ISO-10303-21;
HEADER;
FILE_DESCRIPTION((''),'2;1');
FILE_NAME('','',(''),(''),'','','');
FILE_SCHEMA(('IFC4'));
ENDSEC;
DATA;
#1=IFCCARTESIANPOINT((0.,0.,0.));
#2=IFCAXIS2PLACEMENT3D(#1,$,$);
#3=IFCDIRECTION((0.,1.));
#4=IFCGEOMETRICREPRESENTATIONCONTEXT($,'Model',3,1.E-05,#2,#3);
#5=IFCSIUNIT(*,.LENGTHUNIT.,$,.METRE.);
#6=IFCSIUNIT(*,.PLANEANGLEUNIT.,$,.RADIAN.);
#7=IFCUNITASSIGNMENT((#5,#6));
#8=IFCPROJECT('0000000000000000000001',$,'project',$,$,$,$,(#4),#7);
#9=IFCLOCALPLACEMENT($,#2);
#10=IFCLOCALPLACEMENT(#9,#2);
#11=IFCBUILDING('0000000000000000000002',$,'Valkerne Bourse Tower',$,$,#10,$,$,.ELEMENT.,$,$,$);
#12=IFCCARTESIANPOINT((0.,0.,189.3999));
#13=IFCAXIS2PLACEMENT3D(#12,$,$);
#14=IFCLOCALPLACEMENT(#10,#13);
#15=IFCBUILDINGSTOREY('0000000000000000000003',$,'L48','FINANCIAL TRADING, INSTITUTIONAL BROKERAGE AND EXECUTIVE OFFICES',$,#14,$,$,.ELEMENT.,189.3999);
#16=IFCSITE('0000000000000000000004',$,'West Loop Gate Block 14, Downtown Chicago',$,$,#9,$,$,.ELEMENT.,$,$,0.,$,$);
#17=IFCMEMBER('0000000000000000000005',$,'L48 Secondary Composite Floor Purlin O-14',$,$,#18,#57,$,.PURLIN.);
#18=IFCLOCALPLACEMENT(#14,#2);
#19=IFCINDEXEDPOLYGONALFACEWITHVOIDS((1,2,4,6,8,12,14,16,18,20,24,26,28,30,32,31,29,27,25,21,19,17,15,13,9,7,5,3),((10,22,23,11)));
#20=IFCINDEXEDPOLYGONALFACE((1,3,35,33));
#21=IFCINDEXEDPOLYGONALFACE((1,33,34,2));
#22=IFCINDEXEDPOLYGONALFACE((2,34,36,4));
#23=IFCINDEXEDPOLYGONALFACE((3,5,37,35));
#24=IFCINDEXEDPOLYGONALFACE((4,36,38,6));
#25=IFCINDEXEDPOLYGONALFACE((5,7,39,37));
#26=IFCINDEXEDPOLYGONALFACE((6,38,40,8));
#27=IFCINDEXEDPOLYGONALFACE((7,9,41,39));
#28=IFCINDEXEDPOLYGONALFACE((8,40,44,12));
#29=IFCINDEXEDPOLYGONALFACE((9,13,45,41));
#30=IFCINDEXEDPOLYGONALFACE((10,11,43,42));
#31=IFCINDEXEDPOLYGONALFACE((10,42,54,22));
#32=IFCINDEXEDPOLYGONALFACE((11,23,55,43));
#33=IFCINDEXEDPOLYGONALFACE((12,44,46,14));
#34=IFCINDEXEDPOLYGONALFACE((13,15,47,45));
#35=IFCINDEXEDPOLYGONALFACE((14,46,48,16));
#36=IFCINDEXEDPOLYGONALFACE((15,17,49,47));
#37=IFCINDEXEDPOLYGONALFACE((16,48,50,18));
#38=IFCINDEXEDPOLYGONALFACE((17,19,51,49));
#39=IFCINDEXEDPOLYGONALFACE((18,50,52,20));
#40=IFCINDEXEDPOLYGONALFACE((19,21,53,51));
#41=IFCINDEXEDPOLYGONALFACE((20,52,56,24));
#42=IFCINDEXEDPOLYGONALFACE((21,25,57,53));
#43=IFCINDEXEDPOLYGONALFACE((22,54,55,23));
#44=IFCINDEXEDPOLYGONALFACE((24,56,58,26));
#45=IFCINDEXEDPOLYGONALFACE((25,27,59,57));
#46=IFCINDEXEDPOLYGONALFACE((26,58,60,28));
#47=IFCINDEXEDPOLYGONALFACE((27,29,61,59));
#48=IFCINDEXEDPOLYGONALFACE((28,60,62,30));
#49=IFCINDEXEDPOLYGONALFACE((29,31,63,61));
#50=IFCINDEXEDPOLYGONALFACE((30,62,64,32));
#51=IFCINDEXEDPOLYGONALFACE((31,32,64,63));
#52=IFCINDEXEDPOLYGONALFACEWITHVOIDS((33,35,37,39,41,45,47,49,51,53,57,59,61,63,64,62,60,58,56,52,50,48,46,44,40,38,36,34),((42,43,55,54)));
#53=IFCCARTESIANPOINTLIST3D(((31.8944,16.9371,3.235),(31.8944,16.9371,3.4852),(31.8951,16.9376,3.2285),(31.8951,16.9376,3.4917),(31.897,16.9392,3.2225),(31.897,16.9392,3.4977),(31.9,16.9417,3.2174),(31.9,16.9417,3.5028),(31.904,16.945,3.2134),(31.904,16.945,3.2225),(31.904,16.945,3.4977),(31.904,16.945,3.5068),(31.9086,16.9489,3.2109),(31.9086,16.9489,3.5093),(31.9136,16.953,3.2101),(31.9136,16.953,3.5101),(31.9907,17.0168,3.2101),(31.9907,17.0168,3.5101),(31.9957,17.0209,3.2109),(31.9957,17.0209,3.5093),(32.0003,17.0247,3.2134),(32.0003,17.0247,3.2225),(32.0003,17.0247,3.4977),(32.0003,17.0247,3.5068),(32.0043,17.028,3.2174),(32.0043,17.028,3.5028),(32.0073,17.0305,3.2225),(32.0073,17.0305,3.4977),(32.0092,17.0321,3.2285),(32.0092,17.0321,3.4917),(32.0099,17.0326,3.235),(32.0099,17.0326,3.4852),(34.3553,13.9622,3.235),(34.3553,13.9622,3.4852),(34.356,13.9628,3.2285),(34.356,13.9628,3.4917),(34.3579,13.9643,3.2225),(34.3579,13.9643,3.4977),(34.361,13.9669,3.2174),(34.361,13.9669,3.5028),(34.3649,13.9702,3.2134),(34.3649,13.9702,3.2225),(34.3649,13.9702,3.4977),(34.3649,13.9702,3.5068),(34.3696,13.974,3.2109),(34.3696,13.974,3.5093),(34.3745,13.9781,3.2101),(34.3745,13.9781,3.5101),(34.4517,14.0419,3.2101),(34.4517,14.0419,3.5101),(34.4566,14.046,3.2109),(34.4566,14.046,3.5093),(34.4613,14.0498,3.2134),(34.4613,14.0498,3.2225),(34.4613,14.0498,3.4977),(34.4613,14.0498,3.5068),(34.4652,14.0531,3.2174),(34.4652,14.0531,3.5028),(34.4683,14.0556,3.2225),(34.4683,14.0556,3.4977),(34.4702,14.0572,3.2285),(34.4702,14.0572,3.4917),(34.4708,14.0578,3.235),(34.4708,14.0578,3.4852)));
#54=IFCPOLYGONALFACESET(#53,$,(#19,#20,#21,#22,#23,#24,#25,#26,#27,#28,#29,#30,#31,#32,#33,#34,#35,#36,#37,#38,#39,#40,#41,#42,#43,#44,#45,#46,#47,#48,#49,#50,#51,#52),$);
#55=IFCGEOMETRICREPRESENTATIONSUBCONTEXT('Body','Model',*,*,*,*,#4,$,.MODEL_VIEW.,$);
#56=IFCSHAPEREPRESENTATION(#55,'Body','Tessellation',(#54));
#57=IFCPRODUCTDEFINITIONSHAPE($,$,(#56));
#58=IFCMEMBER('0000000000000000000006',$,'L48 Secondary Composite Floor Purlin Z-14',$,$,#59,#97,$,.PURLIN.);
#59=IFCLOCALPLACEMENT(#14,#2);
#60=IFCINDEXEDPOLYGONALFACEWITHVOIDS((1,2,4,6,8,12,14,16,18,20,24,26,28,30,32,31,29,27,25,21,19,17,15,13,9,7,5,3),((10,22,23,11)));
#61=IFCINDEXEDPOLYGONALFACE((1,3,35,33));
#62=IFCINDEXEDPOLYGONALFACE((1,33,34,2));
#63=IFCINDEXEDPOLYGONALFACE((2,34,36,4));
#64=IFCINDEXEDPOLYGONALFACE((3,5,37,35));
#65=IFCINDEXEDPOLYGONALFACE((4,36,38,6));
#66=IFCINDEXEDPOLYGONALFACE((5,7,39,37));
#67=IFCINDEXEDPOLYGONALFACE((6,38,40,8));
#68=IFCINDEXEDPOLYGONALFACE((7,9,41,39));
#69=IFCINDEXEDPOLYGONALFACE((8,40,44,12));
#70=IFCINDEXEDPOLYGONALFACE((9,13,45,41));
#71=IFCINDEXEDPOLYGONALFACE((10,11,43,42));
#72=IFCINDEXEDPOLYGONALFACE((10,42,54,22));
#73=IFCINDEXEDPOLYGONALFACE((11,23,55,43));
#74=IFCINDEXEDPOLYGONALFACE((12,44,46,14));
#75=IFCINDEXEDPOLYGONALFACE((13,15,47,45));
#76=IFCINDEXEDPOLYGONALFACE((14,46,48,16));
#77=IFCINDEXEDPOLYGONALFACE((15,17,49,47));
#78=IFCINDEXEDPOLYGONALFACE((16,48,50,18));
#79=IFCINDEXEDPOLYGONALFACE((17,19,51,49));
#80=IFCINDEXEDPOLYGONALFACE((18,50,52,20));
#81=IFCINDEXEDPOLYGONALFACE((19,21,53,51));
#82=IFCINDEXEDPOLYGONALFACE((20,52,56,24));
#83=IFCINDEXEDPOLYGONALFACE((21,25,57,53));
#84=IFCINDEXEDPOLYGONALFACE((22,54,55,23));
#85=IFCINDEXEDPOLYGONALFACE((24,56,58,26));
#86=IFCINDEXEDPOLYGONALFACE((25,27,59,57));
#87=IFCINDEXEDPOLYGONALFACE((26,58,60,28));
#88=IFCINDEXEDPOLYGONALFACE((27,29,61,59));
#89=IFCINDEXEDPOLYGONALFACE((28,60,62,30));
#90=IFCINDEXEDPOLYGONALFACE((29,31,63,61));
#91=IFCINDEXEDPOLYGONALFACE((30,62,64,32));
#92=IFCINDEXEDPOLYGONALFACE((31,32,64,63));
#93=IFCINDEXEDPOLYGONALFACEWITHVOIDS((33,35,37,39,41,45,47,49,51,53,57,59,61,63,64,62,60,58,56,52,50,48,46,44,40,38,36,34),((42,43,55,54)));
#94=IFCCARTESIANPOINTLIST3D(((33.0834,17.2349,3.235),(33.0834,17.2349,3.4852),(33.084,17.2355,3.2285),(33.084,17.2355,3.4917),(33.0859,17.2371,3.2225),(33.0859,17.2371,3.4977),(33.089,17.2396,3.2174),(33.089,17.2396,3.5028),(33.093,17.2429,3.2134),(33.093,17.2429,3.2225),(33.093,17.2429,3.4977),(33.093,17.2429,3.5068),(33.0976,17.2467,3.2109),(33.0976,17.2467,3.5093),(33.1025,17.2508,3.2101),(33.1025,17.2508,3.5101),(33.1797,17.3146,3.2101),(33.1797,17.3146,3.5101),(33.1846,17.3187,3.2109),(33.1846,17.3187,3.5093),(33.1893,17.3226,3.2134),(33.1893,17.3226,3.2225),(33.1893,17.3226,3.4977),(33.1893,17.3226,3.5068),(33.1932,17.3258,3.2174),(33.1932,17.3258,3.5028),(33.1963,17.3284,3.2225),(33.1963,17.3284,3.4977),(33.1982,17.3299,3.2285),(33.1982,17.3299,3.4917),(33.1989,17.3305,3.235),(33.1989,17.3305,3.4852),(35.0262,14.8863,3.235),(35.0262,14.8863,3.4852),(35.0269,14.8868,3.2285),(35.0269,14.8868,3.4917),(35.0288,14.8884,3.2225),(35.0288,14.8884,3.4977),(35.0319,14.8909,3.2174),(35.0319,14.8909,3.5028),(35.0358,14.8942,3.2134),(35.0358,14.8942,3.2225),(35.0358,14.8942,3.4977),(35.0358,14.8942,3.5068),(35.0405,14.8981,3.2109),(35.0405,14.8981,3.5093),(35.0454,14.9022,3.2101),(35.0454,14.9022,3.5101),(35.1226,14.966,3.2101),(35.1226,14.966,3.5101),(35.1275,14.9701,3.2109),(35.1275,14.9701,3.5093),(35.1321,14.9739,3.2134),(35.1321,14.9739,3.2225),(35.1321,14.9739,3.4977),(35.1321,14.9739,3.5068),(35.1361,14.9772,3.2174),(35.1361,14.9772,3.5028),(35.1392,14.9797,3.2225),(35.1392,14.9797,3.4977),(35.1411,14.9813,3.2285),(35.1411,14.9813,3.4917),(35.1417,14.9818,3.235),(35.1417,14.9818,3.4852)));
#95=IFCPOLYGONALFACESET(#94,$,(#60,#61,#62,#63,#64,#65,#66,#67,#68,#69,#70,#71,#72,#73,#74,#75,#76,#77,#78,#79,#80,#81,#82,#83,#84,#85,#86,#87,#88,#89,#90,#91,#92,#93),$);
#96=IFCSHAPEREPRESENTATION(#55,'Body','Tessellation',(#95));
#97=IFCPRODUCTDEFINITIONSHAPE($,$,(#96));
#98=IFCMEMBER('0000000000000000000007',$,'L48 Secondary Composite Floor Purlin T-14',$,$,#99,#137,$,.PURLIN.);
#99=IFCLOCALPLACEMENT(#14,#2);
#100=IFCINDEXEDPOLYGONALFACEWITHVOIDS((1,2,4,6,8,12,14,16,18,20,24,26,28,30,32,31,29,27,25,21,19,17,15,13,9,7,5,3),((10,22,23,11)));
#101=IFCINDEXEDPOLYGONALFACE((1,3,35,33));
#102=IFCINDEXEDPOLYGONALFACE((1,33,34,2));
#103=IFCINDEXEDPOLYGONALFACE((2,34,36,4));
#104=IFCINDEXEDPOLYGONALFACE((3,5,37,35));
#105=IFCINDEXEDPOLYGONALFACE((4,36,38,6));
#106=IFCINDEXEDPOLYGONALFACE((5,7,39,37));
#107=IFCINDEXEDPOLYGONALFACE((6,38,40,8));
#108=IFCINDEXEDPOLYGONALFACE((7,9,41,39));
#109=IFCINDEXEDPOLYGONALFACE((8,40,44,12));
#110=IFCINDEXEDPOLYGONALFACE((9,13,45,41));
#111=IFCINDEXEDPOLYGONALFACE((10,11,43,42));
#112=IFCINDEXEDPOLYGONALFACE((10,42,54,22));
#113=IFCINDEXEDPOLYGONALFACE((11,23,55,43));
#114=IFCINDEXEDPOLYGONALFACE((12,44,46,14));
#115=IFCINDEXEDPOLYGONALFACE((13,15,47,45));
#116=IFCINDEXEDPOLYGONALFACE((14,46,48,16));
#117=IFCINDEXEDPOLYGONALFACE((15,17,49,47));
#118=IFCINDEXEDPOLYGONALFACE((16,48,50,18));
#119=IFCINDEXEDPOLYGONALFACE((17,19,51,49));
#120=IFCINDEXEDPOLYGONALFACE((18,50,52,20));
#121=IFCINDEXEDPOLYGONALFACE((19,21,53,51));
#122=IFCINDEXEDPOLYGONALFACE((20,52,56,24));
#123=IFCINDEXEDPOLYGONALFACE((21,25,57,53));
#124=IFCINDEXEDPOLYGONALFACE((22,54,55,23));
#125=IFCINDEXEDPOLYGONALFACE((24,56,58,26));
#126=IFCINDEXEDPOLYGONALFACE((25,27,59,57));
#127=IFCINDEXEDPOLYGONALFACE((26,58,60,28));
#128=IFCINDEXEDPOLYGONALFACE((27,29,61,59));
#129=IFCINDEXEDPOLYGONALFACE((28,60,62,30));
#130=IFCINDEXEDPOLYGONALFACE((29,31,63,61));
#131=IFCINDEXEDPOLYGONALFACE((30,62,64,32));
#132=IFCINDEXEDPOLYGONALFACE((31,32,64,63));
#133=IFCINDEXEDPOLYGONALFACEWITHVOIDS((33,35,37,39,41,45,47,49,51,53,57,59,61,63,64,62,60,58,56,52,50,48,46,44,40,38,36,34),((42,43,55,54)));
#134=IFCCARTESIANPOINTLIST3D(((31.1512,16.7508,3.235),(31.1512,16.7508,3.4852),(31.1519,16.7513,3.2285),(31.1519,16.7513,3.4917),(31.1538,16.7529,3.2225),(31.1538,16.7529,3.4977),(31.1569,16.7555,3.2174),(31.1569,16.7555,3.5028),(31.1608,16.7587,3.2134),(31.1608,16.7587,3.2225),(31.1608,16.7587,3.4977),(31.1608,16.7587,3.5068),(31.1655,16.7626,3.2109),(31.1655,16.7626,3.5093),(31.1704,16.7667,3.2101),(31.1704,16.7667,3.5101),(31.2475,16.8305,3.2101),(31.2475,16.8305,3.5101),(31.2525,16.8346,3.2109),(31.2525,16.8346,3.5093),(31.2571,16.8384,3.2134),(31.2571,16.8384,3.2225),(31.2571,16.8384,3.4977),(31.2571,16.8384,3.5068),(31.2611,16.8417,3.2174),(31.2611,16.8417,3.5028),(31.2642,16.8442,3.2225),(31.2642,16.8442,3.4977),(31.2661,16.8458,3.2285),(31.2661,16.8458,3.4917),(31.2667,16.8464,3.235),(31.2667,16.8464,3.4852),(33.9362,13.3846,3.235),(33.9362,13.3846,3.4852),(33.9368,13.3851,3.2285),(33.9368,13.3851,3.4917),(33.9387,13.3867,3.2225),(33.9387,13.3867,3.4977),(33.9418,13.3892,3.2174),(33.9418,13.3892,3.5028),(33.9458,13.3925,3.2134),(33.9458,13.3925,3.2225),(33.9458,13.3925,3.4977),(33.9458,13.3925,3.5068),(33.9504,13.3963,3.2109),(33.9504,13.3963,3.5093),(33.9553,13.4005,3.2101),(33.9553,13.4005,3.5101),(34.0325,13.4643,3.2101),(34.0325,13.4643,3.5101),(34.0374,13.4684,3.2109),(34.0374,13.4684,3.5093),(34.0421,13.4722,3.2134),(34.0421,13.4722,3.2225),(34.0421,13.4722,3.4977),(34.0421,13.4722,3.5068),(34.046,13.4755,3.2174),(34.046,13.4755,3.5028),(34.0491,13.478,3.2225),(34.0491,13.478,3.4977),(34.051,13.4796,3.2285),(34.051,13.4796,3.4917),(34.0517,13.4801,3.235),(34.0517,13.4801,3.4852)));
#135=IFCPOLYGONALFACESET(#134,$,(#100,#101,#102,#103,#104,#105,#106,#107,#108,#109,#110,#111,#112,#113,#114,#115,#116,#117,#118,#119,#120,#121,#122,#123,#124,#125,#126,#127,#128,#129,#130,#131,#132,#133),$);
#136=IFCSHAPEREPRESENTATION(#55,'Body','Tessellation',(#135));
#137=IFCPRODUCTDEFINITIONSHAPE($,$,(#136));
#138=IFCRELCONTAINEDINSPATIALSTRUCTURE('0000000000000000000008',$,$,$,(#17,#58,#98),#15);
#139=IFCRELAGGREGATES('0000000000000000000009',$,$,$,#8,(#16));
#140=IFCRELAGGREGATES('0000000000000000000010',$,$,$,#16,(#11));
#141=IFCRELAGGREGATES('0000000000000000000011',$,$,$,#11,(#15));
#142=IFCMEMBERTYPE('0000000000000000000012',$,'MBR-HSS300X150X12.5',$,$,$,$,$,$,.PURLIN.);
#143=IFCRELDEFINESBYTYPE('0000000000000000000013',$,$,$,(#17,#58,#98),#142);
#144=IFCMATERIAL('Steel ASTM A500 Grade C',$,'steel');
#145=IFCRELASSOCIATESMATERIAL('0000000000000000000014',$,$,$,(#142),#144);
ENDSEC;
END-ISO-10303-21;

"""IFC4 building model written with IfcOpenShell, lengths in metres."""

from ifc_helpers import new_model, si_unit, direction, frame, origin, origin_2d, place, context, subcontext, project, spatial, hollow_rectangle, extrude, material, material_profile, profile_set, type_object, element, save


model = new_model("IFC4")

# Units and contexts
model_context = context("Model", 3, precision=1e-05, world=origin(), true_north=direction((0.0, 1.0)))
body_context = subcontext(model_context, "Body", "Model", "MODEL_VIEW")
ifc_project = project(units=[si_unit("LENGTHUNIT", "METRE"), si_unit("PLANEANGLEUNIT", "RADIAN")], contexts=[model_context])

# Site, building, storey
site_placement = place(None, origin())
site = spatial("IfcSite", under=ifc_project, at=site_placement, Name="West Loop Gate Block 14, Downtown Chicago", CompositionType="ELEMENT", RefElevation=0.0)
building_placement = place(site_placement, origin())
building = spatial("IfcBuilding", under=site, at=building_placement, Name="Valkerne Bourse Tower", CompositionType="ELEMENT")
storey_placement = place(building_placement, frame((0.0, 0.0, 189.3999)))
storey = spatial("IfcBuildingStorey", under=building, at=storey_placement, Name="L48", Description="FINANCIAL TRADING, INSTITUTIONAL BROKERAGE AND EXECUTIVE OFFICES", CompositionType="ELEMENT", Elevation=189.3999)

# Members
ifc_material_1 = material(Name="Steel ASTM A500 Grade C", Category="steel")
ifc_material_profile_1 = material_profile(ifc_material_1, hollow_rectangle(XDim=0.1499, YDim=0.3, WallThickness=0.0125, OuterFilletRadius=0.0249, at=origin_2d()), Name="HSS300X150X12.5")
ifc_profile_set_1 = profile_set([ifc_material_profile_1], Name="Steel ASTM A500 Grade C")
member_type_1 = type_object("IfcMemberType", Name="MBR-HSS300X150X12.5", PredefinedType="PURLIN", material=ifc_profile_set_1)
member_1_placement = place(storey_placement, frame((31.9521, 16.9849, 3.3601), z_axis=(0.637412, -0.770523, 0.0), x_axis=(0.770523, 0.637412, 0.0)))
element("IfcMember", 1, at=member_1_placement, inside=storey, type_object=member_type_1, Name="L48 Secondary Composite Floor Purlin O-14", PredefinedType="PURLIN", context=body_context, shape_type="SweptSolid", body=[
    extrude(hollow_rectangle(XDim=0.1499, YDim=0.3, WallThickness=0.0125, OuterFilletRadius=0.0249, at=origin_2d()), origin(), (0.0, 0.0, 1.0), 3.8608),
])
member_2_placement = place(storey_placement, frame((33.1411, 17.2827, 3.3601), z_axis=(0.637407, -0.770527, 0.0), x_axis=(0.770527, 0.637407, 0.0)))
element("IfcMember", 2, at=member_2_placement, inside=storey, type_object=member_type_1, Name="L48 Secondary Composite Floor Purlin Z-14", PredefinedType="PURLIN", context=body_context, shape_type="SweptSolid", body=[
    extrude(hollow_rectangle(XDim=0.1499, YDim=0.3, WallThickness=0.0125, OuterFilletRadius=0.0249, at=origin_2d()), origin(), (0.0, 0.0, 1.0), 3.0481),
])
member_3_placement = place(storey_placement, frame((31.209, 16.7986, 3.3601), z_axis=(0.637443, -0.770497, 0.0), x_axis=(0.770497, 0.637443, 0.0)))
element("IfcMember", 3, at=member_3_placement, inside=storey, type_object=member_type_1, Name="L48 Secondary Composite Floor Purlin T-14", PredefinedType="PURLIN", context=body_context, shape_type="SweptSolid", body=[
    extrude(hollow_rectangle(XDim=0.1499, YDim=0.3, WallThickness=0.0125, OuterFilletRadius=0.0249, at=origin_2d()), origin(), (0.0, 0.0, 1.0), 4.3689),
])

save(model, "model.ifc")
